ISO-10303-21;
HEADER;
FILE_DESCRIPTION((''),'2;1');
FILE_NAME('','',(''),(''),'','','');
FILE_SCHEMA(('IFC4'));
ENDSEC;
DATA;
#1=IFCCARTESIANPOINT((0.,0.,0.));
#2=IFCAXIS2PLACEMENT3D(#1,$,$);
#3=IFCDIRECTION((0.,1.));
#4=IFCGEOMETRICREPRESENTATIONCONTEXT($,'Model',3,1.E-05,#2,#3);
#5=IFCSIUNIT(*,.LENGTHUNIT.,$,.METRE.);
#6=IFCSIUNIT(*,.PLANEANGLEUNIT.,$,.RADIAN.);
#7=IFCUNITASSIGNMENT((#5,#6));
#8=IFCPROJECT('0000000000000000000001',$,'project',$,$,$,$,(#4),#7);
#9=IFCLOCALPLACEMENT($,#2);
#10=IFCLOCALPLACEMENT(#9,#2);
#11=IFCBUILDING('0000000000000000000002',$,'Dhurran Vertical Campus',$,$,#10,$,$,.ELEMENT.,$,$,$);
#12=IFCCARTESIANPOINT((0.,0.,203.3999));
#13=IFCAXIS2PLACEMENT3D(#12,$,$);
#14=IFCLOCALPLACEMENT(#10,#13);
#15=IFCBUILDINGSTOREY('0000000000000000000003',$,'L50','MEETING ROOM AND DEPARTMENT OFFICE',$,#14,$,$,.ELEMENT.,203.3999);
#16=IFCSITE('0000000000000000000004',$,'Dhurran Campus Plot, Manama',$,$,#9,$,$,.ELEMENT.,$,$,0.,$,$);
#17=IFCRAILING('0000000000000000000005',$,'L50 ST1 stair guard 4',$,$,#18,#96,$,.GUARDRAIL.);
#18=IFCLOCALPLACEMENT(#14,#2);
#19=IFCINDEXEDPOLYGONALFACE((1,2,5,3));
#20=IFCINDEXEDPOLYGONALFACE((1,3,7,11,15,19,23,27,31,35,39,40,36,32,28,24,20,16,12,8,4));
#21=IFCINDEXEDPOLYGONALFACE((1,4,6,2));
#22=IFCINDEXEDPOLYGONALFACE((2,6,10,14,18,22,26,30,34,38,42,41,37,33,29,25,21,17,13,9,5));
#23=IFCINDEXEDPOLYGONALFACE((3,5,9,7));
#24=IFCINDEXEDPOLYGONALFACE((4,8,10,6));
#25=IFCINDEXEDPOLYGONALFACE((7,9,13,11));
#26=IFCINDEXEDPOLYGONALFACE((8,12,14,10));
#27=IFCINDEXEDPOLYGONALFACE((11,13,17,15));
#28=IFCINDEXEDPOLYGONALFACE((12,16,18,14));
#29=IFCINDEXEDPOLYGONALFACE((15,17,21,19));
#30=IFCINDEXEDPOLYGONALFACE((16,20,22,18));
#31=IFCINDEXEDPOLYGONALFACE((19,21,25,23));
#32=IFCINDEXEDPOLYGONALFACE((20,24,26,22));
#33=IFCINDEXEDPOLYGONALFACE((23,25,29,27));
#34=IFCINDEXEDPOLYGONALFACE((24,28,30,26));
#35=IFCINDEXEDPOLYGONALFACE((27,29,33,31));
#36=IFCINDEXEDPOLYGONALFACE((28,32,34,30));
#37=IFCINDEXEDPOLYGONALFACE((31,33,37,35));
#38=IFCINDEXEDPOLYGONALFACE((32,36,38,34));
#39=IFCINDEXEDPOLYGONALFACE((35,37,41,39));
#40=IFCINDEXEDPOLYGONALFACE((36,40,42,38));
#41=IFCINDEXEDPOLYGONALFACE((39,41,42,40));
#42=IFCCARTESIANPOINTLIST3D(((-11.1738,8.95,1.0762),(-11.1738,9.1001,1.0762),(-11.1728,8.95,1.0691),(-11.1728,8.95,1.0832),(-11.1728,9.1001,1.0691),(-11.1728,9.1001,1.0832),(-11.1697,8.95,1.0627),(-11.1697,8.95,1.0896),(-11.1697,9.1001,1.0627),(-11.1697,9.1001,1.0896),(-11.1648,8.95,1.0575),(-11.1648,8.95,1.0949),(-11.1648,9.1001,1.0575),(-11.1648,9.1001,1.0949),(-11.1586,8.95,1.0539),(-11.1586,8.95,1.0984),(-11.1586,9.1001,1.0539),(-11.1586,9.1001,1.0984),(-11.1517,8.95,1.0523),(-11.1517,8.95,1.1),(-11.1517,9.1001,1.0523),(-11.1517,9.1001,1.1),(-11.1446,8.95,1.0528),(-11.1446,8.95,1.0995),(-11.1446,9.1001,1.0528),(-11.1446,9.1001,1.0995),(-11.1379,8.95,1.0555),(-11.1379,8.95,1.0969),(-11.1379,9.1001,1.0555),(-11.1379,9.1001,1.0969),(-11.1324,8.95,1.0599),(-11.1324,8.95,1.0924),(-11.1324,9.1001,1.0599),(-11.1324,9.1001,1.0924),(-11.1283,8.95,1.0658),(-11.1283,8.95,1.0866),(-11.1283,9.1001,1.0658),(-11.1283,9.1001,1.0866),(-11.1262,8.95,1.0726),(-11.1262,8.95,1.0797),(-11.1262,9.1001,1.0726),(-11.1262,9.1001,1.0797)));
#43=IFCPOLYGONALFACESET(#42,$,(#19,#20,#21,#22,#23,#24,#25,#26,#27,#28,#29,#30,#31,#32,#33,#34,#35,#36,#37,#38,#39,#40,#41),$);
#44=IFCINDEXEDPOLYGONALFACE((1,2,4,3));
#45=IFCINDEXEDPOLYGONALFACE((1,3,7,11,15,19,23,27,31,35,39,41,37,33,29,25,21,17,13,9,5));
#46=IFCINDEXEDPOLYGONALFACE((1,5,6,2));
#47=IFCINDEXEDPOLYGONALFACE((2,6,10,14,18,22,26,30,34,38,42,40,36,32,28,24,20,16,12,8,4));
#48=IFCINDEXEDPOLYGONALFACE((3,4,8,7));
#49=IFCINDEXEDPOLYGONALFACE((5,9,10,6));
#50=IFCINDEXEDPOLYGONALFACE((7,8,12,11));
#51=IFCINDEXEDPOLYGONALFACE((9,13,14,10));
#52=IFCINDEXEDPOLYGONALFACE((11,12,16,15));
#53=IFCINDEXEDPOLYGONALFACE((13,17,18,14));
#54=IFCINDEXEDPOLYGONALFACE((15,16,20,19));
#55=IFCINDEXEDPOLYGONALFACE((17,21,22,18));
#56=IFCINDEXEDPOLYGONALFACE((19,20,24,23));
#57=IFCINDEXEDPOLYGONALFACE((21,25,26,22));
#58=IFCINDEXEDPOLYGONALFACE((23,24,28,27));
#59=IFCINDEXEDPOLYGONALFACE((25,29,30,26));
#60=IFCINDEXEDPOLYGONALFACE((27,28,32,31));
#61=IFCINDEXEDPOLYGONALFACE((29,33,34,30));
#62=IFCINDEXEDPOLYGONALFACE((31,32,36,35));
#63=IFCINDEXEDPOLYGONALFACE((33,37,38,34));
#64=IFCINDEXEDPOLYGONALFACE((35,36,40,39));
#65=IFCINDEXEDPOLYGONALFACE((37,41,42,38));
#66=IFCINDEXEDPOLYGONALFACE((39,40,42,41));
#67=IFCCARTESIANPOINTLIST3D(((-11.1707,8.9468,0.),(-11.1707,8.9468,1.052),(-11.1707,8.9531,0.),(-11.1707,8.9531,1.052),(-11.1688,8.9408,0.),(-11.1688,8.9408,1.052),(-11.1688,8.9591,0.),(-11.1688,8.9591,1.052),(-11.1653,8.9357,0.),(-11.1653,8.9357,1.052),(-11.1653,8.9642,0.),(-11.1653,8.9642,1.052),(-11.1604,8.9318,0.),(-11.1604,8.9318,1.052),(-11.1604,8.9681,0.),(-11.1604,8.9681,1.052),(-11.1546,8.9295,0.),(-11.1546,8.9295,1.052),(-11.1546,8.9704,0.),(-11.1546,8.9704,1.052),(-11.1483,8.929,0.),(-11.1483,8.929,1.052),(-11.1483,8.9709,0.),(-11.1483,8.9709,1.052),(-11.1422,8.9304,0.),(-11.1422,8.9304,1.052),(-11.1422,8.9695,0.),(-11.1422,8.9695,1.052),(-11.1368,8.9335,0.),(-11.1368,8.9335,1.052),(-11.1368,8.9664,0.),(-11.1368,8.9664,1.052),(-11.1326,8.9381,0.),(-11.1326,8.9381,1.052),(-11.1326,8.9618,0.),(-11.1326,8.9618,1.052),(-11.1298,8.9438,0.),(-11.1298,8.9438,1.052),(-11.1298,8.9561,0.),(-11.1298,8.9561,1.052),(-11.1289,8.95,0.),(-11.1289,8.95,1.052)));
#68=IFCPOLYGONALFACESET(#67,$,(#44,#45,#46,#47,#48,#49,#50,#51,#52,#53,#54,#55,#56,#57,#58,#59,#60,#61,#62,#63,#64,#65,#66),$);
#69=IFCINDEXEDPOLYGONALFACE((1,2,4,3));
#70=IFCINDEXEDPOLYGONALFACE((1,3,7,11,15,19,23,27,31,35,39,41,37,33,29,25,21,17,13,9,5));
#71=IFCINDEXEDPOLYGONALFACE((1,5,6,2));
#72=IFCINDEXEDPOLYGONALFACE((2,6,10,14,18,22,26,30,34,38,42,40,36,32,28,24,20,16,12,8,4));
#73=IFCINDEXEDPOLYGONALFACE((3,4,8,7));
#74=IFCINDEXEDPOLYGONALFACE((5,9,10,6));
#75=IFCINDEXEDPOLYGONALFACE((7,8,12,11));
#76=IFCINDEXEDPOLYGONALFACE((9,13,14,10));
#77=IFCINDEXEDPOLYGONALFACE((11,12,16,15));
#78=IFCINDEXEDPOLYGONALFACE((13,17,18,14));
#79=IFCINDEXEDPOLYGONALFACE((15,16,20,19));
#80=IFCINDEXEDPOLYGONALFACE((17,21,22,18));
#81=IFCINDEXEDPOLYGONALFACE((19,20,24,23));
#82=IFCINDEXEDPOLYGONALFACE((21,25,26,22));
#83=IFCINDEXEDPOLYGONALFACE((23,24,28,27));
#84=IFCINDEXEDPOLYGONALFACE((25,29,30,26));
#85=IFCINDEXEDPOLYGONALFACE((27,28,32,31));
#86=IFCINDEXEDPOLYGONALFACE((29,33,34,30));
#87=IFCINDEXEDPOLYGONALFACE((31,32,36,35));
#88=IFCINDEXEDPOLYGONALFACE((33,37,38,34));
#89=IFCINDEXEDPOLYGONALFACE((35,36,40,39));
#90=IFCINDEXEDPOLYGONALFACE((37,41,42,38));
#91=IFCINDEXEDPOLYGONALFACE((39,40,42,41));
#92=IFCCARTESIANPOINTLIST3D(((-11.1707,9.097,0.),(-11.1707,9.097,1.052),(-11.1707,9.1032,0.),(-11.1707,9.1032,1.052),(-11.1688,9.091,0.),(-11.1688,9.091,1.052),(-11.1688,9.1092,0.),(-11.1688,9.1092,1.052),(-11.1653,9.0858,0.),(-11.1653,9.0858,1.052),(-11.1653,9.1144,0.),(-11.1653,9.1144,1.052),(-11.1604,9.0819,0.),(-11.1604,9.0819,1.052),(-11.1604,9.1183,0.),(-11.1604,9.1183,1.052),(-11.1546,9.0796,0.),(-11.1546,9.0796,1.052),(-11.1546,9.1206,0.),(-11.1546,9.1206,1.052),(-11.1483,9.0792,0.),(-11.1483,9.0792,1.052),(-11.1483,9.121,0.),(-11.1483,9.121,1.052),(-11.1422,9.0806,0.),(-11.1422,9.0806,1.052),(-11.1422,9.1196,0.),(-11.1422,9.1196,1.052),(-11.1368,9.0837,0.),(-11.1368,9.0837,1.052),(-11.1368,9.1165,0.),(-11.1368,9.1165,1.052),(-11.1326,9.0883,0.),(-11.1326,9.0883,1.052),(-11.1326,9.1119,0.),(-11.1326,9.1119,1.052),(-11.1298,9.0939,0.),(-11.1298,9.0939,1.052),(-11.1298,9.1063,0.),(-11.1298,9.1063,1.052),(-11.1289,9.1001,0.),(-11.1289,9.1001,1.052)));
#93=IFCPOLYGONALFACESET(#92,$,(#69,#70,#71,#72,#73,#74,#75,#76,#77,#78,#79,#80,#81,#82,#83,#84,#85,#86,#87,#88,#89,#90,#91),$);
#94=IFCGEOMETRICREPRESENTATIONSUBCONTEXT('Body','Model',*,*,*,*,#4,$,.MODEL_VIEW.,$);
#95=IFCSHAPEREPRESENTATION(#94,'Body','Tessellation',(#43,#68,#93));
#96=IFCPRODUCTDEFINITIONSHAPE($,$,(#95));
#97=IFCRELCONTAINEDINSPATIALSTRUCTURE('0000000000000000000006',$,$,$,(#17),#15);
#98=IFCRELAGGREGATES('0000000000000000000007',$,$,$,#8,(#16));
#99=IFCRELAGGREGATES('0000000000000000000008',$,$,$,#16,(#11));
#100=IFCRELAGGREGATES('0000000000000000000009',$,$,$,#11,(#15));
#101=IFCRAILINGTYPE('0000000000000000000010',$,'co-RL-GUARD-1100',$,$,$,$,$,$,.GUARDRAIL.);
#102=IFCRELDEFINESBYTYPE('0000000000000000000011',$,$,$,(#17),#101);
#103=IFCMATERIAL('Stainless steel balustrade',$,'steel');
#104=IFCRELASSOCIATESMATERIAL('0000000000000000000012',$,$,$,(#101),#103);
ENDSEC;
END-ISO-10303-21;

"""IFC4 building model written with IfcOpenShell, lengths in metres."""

from ifc_helpers import new_model, si_unit, direction, frame, origin, origin_2d, place, context, subcontext, project, spatial, circle, extrude, material, type_object, element, save


model = new_model("IFC4")

# Units and contexts
model_context = context("Model", 3, precision=1e-05, world=origin(), true_north=direction((0.0, 1.0)))
body_context = subcontext(model_context, "Body", "Model", "MODEL_VIEW")
ifc_project = project(units=[si_unit("LENGTHUNIT", "METRE"), si_unit("PLANEANGLEUNIT", "RADIAN")], contexts=[model_context])

# Site, building, storey
site_placement = place(None, origin())
site = spatial("IfcSite", under=ifc_project, at=site_placement, Name="Dhurran Campus Plot, Manama", CompositionType="ELEMENT", RefElevation=0.0)
building_placement = place(site_placement, origin())
building = spatial("IfcBuilding", under=site, at=building_placement, Name="Dhurran Vertical Campus", CompositionType="ELEMENT")
storey_placement = place(building_placement, frame((0.0, 0.0, 203.3999)))
storey = spatial("IfcBuildingStorey", under=building, at=storey_placement, Name="L50", Description="MEETING ROOM AND DEPARTMENT OFFICE", CompositionType="ELEMENT", Elevation=203.3999)

# Railing
ifc_material_1 = material(Name="Stainless steel balustrade", Category="steel")
railing_type_1 = type_object("IfcRailingType", Name="co-RL-GUARD-1100", PredefinedType="GUARDRAIL", material=ifc_material_1)
railing_1_placement = place(storey_placement, frame((-11.1499, 8.95, 0.0)))
element("IfcRailing", 1, at=railing_1_placement, inside=storey, type_object=railing_type_1, Name="L50 ST1 stair guard 4", PredefinedType="GUARDRAIL", context=body_context, shape_type="SweptSolid", body=[
    extrude(circle(Radius=0.0239, at=origin_2d()), frame((0.0, 0.0, 1.0762), z_axis=(0.0, 1.0, 0.0), x_axis=(-1.0, 0.0, 0.0)), (0.0, 0.0, 1.0), 0.1501),
    extrude(circle(Radius=0.021, at=origin_2d()), origin(), (0.0, 0.0, 1.0), 1.052),
    extrude(circle(Radius=0.021, at=origin_2d()), frame((0.0, 0.1501, 0.0)), (0.0, 0.0, 1.0), 1.052),
])

save(model, "model.ifc")
